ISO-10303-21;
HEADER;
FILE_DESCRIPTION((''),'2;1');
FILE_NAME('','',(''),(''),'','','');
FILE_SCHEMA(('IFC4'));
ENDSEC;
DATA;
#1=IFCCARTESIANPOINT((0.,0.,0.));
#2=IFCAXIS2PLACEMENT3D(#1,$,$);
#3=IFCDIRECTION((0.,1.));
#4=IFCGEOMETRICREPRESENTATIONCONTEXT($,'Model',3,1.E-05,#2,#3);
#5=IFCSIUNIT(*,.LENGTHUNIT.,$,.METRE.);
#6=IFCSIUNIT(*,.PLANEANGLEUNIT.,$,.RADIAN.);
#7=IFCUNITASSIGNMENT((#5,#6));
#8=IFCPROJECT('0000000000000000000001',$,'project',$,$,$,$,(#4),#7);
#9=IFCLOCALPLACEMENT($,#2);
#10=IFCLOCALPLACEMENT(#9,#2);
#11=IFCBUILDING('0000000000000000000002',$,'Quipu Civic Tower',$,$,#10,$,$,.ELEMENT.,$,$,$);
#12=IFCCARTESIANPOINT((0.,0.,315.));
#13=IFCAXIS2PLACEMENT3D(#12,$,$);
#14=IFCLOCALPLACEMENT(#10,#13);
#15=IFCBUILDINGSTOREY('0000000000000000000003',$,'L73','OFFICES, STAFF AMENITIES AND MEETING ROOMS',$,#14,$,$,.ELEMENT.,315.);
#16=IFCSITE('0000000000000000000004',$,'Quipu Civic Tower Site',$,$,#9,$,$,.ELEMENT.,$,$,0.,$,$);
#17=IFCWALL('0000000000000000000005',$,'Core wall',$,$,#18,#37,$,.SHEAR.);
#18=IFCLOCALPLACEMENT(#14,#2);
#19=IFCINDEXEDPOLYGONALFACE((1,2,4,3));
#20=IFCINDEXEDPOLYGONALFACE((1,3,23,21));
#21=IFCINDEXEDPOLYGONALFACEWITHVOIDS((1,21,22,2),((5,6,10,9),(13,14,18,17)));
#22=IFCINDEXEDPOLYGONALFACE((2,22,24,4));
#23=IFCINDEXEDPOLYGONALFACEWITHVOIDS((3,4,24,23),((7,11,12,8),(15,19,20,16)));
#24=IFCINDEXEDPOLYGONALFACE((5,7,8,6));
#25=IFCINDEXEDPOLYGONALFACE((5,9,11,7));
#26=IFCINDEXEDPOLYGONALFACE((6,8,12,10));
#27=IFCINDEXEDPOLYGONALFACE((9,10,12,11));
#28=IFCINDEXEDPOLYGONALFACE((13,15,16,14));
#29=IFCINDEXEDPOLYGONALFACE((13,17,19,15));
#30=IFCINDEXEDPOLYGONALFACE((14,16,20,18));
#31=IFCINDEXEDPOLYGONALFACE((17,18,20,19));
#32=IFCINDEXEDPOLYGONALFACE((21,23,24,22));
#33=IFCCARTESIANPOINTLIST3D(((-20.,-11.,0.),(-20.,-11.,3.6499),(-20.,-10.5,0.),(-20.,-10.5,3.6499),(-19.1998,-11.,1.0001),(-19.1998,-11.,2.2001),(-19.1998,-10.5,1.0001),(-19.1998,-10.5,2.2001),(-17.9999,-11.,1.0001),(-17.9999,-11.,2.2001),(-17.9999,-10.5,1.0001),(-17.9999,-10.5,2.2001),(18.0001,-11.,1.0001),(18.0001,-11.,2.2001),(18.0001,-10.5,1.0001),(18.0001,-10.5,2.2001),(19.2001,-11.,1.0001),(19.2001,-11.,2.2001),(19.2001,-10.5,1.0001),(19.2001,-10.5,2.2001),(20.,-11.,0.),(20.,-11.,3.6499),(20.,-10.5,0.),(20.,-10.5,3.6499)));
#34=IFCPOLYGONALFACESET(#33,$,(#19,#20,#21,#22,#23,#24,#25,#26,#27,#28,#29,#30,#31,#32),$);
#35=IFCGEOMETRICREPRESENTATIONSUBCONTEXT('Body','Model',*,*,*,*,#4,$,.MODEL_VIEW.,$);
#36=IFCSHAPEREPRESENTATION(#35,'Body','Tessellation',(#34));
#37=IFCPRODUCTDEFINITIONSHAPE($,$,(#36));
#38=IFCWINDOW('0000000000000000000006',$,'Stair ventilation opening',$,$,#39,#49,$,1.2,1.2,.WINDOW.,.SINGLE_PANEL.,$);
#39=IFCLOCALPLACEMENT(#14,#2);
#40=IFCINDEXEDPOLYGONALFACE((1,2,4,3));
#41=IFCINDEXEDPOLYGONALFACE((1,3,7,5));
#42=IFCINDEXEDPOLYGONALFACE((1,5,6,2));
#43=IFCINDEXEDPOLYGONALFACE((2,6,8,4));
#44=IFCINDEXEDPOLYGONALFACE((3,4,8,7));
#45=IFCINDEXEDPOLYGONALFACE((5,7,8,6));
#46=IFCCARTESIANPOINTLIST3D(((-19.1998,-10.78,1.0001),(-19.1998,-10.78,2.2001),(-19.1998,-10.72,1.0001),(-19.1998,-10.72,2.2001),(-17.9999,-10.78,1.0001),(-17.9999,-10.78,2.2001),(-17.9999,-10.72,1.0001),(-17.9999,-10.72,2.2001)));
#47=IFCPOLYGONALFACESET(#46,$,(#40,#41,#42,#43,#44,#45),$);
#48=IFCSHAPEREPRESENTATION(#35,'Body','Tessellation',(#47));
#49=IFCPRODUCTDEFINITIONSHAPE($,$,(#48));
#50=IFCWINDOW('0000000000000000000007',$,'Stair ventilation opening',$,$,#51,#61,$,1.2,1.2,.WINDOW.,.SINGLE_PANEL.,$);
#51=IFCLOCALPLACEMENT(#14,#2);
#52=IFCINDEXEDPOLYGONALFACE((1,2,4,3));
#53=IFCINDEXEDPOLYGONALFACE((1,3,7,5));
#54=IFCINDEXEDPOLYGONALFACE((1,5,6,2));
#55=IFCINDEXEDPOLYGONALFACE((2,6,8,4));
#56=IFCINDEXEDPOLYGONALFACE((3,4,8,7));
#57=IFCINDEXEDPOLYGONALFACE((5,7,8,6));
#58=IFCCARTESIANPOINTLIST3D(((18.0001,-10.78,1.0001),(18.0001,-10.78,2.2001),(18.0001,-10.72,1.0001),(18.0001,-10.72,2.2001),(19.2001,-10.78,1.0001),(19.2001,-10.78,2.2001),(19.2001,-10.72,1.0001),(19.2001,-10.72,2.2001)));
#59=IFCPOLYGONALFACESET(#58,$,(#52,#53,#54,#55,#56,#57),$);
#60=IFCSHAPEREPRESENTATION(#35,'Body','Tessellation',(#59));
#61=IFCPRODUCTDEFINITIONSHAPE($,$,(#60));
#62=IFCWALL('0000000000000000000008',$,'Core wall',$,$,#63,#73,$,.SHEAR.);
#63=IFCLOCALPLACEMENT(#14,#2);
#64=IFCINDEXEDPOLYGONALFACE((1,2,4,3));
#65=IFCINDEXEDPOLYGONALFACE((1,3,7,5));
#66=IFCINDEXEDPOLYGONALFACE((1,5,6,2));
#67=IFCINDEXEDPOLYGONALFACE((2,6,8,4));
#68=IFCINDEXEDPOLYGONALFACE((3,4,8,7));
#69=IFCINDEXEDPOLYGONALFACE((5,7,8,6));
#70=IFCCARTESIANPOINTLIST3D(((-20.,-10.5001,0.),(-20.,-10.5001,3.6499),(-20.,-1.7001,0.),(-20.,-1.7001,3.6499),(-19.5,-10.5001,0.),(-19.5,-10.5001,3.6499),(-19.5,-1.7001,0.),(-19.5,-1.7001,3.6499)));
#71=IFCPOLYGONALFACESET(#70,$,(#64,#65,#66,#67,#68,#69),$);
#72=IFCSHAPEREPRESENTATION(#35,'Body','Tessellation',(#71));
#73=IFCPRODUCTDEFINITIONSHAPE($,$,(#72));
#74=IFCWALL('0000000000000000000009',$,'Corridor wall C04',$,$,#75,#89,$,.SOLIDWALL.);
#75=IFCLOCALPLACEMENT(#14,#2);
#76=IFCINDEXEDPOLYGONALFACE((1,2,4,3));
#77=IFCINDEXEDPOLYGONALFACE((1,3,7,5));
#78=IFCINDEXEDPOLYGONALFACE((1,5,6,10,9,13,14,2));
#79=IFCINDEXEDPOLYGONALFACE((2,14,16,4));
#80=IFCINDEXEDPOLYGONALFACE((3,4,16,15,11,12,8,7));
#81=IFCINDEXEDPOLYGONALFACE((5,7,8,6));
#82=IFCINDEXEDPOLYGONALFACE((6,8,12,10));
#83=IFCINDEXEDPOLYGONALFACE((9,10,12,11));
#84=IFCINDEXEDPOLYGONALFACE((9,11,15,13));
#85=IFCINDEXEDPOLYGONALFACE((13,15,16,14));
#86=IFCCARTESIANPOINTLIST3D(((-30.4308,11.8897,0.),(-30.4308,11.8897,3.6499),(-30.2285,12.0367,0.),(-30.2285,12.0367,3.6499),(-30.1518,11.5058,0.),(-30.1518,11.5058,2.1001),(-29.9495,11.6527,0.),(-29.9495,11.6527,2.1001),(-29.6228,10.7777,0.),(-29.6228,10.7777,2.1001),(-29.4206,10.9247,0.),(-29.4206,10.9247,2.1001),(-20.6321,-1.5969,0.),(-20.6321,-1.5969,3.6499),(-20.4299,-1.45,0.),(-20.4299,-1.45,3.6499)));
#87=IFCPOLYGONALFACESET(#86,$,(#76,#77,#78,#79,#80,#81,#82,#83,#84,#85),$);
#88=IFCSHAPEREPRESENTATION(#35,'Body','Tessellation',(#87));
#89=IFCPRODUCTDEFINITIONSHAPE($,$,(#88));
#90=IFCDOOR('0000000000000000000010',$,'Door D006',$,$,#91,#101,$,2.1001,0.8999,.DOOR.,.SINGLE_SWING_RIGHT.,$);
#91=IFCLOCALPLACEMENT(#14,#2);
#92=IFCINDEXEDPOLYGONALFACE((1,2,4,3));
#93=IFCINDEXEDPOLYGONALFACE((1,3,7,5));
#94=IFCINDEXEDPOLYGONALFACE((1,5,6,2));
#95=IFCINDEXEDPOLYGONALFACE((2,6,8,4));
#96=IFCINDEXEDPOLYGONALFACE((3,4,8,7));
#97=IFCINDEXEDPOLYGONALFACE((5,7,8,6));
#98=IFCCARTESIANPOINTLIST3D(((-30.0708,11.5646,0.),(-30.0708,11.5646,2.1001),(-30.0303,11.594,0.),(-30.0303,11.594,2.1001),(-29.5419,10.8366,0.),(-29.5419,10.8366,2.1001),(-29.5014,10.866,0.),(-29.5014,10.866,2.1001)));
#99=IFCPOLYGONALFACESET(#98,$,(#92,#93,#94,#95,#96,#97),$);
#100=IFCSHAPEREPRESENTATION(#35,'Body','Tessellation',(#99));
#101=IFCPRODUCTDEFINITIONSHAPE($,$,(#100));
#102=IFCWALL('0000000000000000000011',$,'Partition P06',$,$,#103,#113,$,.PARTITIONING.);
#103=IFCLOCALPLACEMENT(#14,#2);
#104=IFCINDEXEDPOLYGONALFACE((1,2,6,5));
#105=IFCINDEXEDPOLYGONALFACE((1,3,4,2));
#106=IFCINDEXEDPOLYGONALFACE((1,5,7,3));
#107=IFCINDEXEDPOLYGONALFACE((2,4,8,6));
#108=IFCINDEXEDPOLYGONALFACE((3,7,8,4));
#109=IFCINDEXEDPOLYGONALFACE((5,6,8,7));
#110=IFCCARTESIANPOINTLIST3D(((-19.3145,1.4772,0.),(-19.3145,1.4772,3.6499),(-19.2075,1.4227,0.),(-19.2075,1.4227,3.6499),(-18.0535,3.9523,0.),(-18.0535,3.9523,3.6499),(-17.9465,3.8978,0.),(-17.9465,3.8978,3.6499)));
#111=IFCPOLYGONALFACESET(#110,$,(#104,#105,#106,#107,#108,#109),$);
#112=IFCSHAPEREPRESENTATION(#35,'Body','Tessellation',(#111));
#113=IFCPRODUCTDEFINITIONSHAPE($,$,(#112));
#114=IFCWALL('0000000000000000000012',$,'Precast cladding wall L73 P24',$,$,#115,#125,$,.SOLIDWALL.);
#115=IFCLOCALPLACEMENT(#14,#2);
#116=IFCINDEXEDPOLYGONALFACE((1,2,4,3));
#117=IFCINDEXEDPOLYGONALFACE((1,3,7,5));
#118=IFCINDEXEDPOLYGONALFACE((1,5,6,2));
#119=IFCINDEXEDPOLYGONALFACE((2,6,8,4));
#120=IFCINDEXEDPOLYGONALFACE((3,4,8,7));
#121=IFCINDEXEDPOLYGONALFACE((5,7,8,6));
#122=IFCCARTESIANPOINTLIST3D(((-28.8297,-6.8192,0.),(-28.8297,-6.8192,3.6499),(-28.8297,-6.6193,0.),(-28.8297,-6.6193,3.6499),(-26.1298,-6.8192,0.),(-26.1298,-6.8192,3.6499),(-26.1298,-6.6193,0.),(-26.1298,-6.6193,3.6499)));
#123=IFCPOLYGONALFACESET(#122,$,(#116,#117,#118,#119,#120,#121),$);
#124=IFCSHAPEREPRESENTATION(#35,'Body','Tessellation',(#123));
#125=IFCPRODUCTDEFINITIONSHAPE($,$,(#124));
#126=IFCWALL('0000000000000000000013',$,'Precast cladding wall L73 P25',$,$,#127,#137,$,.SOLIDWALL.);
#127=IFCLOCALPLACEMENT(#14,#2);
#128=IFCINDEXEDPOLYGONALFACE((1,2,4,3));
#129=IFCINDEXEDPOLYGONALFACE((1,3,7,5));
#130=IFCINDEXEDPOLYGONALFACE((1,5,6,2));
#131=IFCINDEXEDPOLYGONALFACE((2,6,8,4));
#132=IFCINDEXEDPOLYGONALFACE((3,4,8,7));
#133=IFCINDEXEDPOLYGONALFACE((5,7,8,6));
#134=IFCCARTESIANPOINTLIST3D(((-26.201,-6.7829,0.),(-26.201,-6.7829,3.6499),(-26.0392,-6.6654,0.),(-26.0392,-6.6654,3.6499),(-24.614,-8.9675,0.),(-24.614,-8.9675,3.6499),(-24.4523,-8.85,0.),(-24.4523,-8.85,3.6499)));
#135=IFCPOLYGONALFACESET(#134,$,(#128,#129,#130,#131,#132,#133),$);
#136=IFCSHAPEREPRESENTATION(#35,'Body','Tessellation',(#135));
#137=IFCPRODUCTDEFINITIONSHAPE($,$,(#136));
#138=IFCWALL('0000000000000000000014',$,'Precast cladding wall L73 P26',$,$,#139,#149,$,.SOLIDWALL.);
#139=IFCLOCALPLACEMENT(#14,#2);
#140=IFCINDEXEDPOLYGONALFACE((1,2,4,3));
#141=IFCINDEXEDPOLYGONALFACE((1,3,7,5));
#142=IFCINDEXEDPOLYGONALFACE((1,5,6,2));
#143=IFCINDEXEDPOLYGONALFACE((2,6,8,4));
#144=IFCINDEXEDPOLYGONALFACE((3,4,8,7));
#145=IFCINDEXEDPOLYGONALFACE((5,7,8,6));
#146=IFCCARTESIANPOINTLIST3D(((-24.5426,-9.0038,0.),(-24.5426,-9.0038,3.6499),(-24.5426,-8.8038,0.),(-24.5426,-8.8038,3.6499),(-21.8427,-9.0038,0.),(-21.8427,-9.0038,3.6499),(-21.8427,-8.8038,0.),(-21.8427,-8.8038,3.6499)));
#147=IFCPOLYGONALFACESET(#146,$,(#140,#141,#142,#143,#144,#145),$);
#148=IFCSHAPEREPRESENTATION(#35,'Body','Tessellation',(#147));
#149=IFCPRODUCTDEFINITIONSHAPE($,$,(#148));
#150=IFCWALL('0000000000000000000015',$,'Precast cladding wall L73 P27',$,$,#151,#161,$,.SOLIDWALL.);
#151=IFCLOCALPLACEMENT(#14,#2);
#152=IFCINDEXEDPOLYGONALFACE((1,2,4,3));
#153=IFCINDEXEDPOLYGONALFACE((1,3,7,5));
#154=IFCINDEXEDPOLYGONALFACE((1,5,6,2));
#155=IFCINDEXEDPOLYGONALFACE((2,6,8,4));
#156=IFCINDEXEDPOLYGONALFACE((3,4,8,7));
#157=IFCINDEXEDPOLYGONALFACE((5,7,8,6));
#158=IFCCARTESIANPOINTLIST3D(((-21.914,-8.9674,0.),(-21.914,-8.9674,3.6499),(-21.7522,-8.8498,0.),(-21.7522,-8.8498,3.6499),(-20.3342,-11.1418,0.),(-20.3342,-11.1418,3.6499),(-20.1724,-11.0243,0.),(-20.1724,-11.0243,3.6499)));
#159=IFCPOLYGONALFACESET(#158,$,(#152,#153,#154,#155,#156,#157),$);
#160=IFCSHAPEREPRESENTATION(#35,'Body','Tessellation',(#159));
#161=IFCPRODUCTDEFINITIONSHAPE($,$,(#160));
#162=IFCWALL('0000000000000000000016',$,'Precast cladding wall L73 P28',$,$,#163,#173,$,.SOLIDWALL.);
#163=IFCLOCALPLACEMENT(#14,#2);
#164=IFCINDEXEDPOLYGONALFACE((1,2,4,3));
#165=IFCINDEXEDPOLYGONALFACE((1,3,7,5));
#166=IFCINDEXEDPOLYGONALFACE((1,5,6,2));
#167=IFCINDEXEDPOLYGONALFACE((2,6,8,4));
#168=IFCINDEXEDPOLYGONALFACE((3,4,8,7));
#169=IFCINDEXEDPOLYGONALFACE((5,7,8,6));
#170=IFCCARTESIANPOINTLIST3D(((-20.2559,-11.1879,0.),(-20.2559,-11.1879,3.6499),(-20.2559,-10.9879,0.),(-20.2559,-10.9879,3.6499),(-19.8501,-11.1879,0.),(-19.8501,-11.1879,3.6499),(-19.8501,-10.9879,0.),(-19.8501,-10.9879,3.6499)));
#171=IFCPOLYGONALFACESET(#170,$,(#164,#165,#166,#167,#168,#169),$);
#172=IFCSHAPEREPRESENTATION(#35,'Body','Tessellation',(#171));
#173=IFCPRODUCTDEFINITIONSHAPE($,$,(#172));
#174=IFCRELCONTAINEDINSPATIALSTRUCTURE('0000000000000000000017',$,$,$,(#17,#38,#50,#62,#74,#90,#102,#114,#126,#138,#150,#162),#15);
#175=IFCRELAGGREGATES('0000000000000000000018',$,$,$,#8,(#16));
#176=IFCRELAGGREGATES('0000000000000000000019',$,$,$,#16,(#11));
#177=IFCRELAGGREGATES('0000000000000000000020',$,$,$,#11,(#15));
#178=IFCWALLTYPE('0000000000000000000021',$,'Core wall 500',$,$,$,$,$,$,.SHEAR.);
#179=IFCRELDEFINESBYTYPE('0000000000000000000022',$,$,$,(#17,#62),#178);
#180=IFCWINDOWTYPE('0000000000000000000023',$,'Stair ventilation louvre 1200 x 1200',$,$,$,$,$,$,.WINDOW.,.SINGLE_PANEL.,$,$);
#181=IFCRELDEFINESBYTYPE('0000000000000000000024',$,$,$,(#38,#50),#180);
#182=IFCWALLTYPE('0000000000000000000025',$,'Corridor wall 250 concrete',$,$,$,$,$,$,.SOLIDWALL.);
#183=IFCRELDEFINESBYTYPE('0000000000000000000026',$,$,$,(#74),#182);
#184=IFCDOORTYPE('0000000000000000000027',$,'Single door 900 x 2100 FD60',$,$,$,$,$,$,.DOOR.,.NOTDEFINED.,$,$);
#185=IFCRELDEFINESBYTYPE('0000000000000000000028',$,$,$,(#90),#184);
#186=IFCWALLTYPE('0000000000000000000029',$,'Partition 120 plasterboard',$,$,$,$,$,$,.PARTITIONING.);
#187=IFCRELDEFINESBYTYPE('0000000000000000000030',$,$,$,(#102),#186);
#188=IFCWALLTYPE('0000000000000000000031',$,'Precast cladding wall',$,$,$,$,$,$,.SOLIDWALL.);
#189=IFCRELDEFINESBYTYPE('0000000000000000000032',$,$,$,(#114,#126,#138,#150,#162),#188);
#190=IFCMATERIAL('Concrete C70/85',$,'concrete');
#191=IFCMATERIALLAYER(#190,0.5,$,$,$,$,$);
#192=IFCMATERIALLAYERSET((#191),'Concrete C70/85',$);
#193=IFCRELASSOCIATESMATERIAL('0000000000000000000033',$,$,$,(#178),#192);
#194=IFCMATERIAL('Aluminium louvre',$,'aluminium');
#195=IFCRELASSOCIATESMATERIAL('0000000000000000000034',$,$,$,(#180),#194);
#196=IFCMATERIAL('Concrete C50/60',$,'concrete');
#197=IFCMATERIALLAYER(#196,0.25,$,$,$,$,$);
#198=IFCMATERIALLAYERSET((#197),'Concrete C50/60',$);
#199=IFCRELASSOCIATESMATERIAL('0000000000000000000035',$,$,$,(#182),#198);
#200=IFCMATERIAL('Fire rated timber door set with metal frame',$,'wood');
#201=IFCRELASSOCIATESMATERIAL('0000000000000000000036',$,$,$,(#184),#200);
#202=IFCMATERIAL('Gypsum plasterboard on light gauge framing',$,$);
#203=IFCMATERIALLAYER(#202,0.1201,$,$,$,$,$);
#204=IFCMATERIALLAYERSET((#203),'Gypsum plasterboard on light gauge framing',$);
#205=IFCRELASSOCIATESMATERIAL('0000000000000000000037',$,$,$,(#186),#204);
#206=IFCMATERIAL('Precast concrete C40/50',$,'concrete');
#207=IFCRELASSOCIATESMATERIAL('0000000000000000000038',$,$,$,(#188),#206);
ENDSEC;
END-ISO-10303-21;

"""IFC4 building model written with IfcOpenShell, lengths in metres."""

from ifc_helpers import new_model, si_unit, direction, frame, frame_2d, origin, place, context, subcontext, project, spatial, rectangle, extrude, material, layer, layer_set, type_object, element, fill, save


model = new_model("IFC4")

# Units and contexts
model_context = context("Model", 3, precision=1e-05, world=origin(), true_north=direction((0.0, 1.0)))
body_context = subcontext(model_context, "Body", "Model", "MODEL_VIEW")
ifc_project = project(units=[si_unit("LENGTHUNIT", "METRE"), si_unit("PLANEANGLEUNIT", "RADIAN")], contexts=[model_context])

# Site, building, storey
site_placement = place(None, origin())
site = spatial("IfcSite", under=ifc_project, at=site_placement, Name="Quipu Civic Tower Site", CompositionType="ELEMENT", RefElevation=0.0)
building_placement = place(site_placement, origin())
building = spatial("IfcBuilding", under=site, at=building_placement, Name="Quipu Civic Tower", CompositionType="ELEMENT")
storey_placement = place(building_placement, frame((0.0, 0.0, 315.0)))
storey = spatial("IfcBuildingStorey", under=building, at=storey_placement, Name="L73", Description="OFFICES, STAFF AMENITIES AND MEETING ROOMS", CompositionType="ELEMENT", Elevation=315.0)

# Wall, openings, windows
ifc_material_1 = material(Name="Concrete C70/85", Category="concrete")
ifc_layer_1 = layer(ifc_material_1, 0.5)
ifc_layer_set_1 = layer_set([ifc_layer_1], Name="Concrete C70/85")
wall_type_1 = type_object("IfcWallType", Name="Core wall 500", PredefinedType="SHEAR", material=ifc_layer_set_1)
wall_1_placement = place(storey_placement, frame((-20.0, -10.75, 0.0), z_axis=(0.0, 0.0, 1.0), x_axis=(1.0, 0.0, 0.0)))
wall_1 = element("IfcWall", 1, at=wall_1_placement, inside=storey, type_object=wall_type_1, Name="Core wall", PredefinedType="SHEAR", context=body_context, shape_type="SweptSolid", body=[
    extrude(rectangle(XDim=40.0, YDim=0.5, at=frame_2d((20.0, 0.0))), origin(), (0.0, 0.0, 1.0), 3.6499),
])
opening_1_placement = place(wall_1_placement, frame((0.8, 0.0, 1.0)))
opening_1 = element("IfcOpeningElement", 2, at=opening_1_placement, cuts=wall_1, PredefinedType="OPENING", context=body_context, shape_type="SweptSolid", body=[
    extrude(rectangle(XDim=1.2, YDim=1.2, at=frame_2d((0.6001, 0.6001))), frame((0.0, 0.26, 0.0), z_axis=(0.0, -1.0, 0.0), x_axis=(1.0, 0.0, 0.0)), (0.0, 0.0, 1.0), 0.52),
])
opening_2_placement = place(wall_1_placement, frame((38.0, 0.0, 1.0)))
opening_2 = element("IfcOpeningElement", 3, at=opening_2_placement, cuts=wall_1, PredefinedType="OPENING", context=body_context, shape_type="SweptSolid", body=[
    extrude(rectangle(XDim=1.2, YDim=1.2, at=frame_2d((0.6001, 0.6001))), frame((0.0, 0.26, 0.0), z_axis=(0.0, -1.0, 0.0), x_axis=(1.0, 0.0, 0.0)), (0.0, 0.0, 1.0), 0.52),
])
ifc_material_2 = material(Name="Aluminium louvre", Category="aluminium")
window_type = type_object("IfcWindowType", Name="Stair ventilation louvre 1200 x 1200", PartitioningType="SINGLE_PANEL", PredefinedType="WINDOW", material=ifc_material_2)
window_1_placement = place(opening_1_placement, origin())
window_1 = element("IfcWindow", 4, at=window_1_placement, inside=storey, type_object=window_type, Name="Stair ventilation opening", OverallHeight=1.2, OverallWidth=1.2, PartitioningType="SINGLE_PANEL", PredefinedType="WINDOW", context=body_context, shape_type="SweptSolid", body=[
    extrude(rectangle(XDim=1.2, YDim=1.2, at=frame_2d((0.6001, 0.6001))), frame((0.0, 0.03, 0.0), z_axis=(0.0, -1.0, 0.0), x_axis=(1.0, 0.0, 0.0)), (0.0, 0.0, 1.0), 0.0601),
])
fill(opening_1, window_1)
window_2_placement = place(opening_2_placement, origin())
window_2 = element("IfcWindow", 5, at=window_2_placement, inside=storey, type_object=window_type, Name="Stair ventilation opening", OverallHeight=1.2, OverallWidth=1.2, PartitioningType="SINGLE_PANEL", PredefinedType="WINDOW", context=body_context, shape_type="SweptSolid", body=[
    extrude(rectangle(XDim=1.2, YDim=1.2, at=frame_2d((0.6001, 0.6001))), frame((0.0, 0.03, 0.0), z_axis=(0.0, -1.0, 0.0), x_axis=(1.0, 0.0, 0.0)), (0.0, 0.0, 1.0), 0.0601),
])
fill(opening_2, window_2)

# Wall
wall_2_placement = place(storey_placement, frame((-19.75, -10.5, 0.0), z_axis=(0.0, 0.0, 1.0), x_axis=(0.0, 1.0, 0.0)))
element("IfcWall", 6, at=wall_2_placement, inside=storey, type_object=wall_type_1, Name="Core wall", PredefinedType="SHEAR", context=body_context, shape_type="SweptSolid", body=[
    extrude(rectangle(XDim=8.8, YDim=0.5, at=frame_2d((4.3999, 0.0))), origin(), (0.0, 0.0, 1.0), 3.6499),
])

# Wall, opening, door
ifc_material_3 = material(Name="Concrete C50/60", Category="concrete")
ifc_layer_2 = layer(ifc_material_3, 0.25)
ifc_layer_set_2 = layer_set([ifc_layer_2], Name="Concrete C50/60")
wall_type_2 = type_object("IfcWallType", Name="Corridor wall 250 concrete", PredefinedType="SOLIDWALL", material=ifc_layer_set_2)
wall_3_placement = place(storey_placement, frame((-20.531, -1.5234, 0.0), z_axis=(0.0, 0.0, 1.0), x_axis=(-0.587786, 0.809017, 0.0)))
wall_3 = element("IfcWall", 7, at=wall_3_placement, inside=storey, type_object=wall_type_2, Name="Corridor wall C04", PredefinedType="SOLIDWALL", context=body_context, shape_type="SweptSolid", body=[
    extrude(rectangle(XDim=16.6704, YDim=0.25, at=frame_2d((8.3352, 0.0))), origin(), (0.0, 0.0, 1.0), 3.6499),
])
opening_3_placement = place(wall_3_placement, frame((15.2959, 0.0, 0.0)))
opening_3 = element("IfcOpeningElement", 8, at=opening_3_placement, cuts=wall_3, PredefinedType="OPENING", context=body_context, shape_type="SweptSolid", body=[
    extrude(rectangle(XDim=0.8999, YDim=2.1001, at=frame_2d((0.45, 1.05))), frame((0.0, 0.135, 0.0), z_axis=(0.0, -1.0, 0.0), x_axis=(1.0, 0.0, 0.0)), (0.0, 0.0, 1.0), 0.27),
])
ifc_material_4 = material(Name="Fire rated timber door set with metal frame", Category="wood")
door_type_1 = type_object("IfcDoorType", Name="Single door 900 x 2100 FD60", OperationType="NOTDEFINED", PredefinedType="DOOR", material=ifc_material_4)
door_1_placement = place(opening_3_placement, origin())
door_1 = element("IfcDoor", 9, at=door_1_placement, inside=storey, type_object=door_type_1, Name="Door D006", OperationType="SINGLE_SWING_RIGHT", OverallHeight=2.1001, OverallWidth=0.8999, PredefinedType="DOOR", context=body_context, shape_type="SweptSolid", body=[
    extrude(rectangle(XDim=0.8999, YDim=2.1001, at=frame_2d((0.45, 1.05))), frame((0.0, 0.0249, 0.0), z_axis=(0.0, -1.0, 0.0), x_axis=(1.0, 0.0, 0.0)), (0.0, 0.0, 1.0), 0.05),
])
fill(opening_3, door_1)

# Walls
ifc_material_5 = material(Name="Gypsum plasterboard on light gauge framing")
ifc_layer_3 = layer(ifc_material_5, 0.1201)
ifc_layer_set_3 = layer_set([ifc_layer_3], Name="Gypsum plasterboard on light gauge framing")
wall_type_3 = type_object("IfcWallType", Name="Partition 120 plasterboard", PredefinedType="PARTITIONING", material=ifc_layer_set_3)
wall_4_placement = place(storey_placement, frame((-19.261, 1.45, 0.0), z_axis=(0.0, 0.0, 1.0), x_axis=(0.453951, 0.891027, 0.0)))
element("IfcWall", 10, at=wall_4_placement, inside=storey, type_object=wall_type_3, Name="Partition P06", PredefinedType="PARTITIONING", context=body_context, shape_type="SweptSolid", body=[
    extrude(rectangle(XDim=2.7778, YDim=0.1201, at=frame_2d((1.3889, 0.0))), origin(), (0.0, 0.0, 1.0), 3.6499),
])
ifc_material_6 = material(Name="Precast concrete C40/50", Category="concrete")
wall_type_4 = type_object("IfcWallType", Name="Precast cladding wall", PredefinedType="SOLIDWALL", material=ifc_material_6)
wall_5_placement = place(storey_placement, frame((-28.8298, -6.7192, 0.0), z_axis=(0.0, 0.0, 1.0), x_axis=(1.0, 0.0, 0.0)))
element("IfcWall", 11, at=wall_5_placement, inside=storey, type_object=wall_type_4, Name="Precast cladding wall L73 P24", PredefinedType="SOLIDWALL", context=body_context, shape_type="SweptSolid", body=[
    extrude(rectangle(XDim=2.7, YDim=0.2, at=frame_2d((1.3501, 0.0))), origin(), (0.0, 0.0, 1.0), 3.6499),
])
wall_6_placement = place(storey_placement, frame((-26.1201, -6.7241, 0.0), z_axis=(0.0, 0.0, 1.0), x_axis=(0.58772, -0.809064, 0.0)))
element("IfcWall", 12, at=wall_6_placement, inside=storey, type_object=wall_type_4, Name="Precast cladding wall L73 P25", PredefinedType="SOLIDWALL", context=body_context, shape_type="SweptSolid", body=[
    extrude(rectangle(XDim=2.7002, YDim=0.2, at=frame_2d((1.3501, 0.0))), origin(), (0.0, 0.0, 1.0), 3.6499),
])
wall_7_placement = place(storey_placement, frame((-24.5427, -8.9038, 0.0), z_axis=(0.0, 0.0, 1.0), x_axis=(1.0, 0.0, 0.0)))
element("IfcWall", 13, at=wall_7_placement, inside=storey, type_object=wall_type_4, Name="Precast cladding wall L73 P26", PredefinedType="SOLIDWALL", context=body_context, shape_type="SweptSolid", body=[
    extrude(rectangle(XDim=2.7, YDim=0.2, at=frame_2d((1.3501, 0.0))), origin(), (0.0, 0.0, 1.0), 3.6499),
])
wall_8_placement = place(storey_placement, frame((-21.833, -8.9087, 0.0), z_axis=(0.0, 0.0, 1.0), x_axis=(0.587767, -0.809031, 0.0)))
element("IfcWall", 14, at=wall_8_placement, inside=storey, type_object=wall_type_4, Name="Precast cladding wall L73 P27", PredefinedType="SOLIDWALL", context=body_context, shape_type="SweptSolid", body=[
    extrude(rectangle(XDim=2.6877, YDim=0.2, at=frame_2d((1.3438, 0.0))), origin(), (0.0, 0.0, 1.0), 3.6499),
])
wall_9_placement = place(storey_placement, frame((-20.2559, -11.0879, 0.0), z_axis=(0.0, 0.0, 1.0), x_axis=(1.0, 0.0, 0.0)))
element("IfcWall", 15, at=wall_9_placement, inside=storey, type_object=wall_type_4, Name="Precast cladding wall L73 P28", PredefinedType="SOLIDWALL", context=body_context, shape_type="SweptSolid", body=[
    extrude(rectangle(XDim=0.4058, YDim=0.2, at=frame_2d((0.2029, 0.0))), origin(), (0.0, 0.0, 1.0), 3.6499),
])

save(model, "model.ifc")
